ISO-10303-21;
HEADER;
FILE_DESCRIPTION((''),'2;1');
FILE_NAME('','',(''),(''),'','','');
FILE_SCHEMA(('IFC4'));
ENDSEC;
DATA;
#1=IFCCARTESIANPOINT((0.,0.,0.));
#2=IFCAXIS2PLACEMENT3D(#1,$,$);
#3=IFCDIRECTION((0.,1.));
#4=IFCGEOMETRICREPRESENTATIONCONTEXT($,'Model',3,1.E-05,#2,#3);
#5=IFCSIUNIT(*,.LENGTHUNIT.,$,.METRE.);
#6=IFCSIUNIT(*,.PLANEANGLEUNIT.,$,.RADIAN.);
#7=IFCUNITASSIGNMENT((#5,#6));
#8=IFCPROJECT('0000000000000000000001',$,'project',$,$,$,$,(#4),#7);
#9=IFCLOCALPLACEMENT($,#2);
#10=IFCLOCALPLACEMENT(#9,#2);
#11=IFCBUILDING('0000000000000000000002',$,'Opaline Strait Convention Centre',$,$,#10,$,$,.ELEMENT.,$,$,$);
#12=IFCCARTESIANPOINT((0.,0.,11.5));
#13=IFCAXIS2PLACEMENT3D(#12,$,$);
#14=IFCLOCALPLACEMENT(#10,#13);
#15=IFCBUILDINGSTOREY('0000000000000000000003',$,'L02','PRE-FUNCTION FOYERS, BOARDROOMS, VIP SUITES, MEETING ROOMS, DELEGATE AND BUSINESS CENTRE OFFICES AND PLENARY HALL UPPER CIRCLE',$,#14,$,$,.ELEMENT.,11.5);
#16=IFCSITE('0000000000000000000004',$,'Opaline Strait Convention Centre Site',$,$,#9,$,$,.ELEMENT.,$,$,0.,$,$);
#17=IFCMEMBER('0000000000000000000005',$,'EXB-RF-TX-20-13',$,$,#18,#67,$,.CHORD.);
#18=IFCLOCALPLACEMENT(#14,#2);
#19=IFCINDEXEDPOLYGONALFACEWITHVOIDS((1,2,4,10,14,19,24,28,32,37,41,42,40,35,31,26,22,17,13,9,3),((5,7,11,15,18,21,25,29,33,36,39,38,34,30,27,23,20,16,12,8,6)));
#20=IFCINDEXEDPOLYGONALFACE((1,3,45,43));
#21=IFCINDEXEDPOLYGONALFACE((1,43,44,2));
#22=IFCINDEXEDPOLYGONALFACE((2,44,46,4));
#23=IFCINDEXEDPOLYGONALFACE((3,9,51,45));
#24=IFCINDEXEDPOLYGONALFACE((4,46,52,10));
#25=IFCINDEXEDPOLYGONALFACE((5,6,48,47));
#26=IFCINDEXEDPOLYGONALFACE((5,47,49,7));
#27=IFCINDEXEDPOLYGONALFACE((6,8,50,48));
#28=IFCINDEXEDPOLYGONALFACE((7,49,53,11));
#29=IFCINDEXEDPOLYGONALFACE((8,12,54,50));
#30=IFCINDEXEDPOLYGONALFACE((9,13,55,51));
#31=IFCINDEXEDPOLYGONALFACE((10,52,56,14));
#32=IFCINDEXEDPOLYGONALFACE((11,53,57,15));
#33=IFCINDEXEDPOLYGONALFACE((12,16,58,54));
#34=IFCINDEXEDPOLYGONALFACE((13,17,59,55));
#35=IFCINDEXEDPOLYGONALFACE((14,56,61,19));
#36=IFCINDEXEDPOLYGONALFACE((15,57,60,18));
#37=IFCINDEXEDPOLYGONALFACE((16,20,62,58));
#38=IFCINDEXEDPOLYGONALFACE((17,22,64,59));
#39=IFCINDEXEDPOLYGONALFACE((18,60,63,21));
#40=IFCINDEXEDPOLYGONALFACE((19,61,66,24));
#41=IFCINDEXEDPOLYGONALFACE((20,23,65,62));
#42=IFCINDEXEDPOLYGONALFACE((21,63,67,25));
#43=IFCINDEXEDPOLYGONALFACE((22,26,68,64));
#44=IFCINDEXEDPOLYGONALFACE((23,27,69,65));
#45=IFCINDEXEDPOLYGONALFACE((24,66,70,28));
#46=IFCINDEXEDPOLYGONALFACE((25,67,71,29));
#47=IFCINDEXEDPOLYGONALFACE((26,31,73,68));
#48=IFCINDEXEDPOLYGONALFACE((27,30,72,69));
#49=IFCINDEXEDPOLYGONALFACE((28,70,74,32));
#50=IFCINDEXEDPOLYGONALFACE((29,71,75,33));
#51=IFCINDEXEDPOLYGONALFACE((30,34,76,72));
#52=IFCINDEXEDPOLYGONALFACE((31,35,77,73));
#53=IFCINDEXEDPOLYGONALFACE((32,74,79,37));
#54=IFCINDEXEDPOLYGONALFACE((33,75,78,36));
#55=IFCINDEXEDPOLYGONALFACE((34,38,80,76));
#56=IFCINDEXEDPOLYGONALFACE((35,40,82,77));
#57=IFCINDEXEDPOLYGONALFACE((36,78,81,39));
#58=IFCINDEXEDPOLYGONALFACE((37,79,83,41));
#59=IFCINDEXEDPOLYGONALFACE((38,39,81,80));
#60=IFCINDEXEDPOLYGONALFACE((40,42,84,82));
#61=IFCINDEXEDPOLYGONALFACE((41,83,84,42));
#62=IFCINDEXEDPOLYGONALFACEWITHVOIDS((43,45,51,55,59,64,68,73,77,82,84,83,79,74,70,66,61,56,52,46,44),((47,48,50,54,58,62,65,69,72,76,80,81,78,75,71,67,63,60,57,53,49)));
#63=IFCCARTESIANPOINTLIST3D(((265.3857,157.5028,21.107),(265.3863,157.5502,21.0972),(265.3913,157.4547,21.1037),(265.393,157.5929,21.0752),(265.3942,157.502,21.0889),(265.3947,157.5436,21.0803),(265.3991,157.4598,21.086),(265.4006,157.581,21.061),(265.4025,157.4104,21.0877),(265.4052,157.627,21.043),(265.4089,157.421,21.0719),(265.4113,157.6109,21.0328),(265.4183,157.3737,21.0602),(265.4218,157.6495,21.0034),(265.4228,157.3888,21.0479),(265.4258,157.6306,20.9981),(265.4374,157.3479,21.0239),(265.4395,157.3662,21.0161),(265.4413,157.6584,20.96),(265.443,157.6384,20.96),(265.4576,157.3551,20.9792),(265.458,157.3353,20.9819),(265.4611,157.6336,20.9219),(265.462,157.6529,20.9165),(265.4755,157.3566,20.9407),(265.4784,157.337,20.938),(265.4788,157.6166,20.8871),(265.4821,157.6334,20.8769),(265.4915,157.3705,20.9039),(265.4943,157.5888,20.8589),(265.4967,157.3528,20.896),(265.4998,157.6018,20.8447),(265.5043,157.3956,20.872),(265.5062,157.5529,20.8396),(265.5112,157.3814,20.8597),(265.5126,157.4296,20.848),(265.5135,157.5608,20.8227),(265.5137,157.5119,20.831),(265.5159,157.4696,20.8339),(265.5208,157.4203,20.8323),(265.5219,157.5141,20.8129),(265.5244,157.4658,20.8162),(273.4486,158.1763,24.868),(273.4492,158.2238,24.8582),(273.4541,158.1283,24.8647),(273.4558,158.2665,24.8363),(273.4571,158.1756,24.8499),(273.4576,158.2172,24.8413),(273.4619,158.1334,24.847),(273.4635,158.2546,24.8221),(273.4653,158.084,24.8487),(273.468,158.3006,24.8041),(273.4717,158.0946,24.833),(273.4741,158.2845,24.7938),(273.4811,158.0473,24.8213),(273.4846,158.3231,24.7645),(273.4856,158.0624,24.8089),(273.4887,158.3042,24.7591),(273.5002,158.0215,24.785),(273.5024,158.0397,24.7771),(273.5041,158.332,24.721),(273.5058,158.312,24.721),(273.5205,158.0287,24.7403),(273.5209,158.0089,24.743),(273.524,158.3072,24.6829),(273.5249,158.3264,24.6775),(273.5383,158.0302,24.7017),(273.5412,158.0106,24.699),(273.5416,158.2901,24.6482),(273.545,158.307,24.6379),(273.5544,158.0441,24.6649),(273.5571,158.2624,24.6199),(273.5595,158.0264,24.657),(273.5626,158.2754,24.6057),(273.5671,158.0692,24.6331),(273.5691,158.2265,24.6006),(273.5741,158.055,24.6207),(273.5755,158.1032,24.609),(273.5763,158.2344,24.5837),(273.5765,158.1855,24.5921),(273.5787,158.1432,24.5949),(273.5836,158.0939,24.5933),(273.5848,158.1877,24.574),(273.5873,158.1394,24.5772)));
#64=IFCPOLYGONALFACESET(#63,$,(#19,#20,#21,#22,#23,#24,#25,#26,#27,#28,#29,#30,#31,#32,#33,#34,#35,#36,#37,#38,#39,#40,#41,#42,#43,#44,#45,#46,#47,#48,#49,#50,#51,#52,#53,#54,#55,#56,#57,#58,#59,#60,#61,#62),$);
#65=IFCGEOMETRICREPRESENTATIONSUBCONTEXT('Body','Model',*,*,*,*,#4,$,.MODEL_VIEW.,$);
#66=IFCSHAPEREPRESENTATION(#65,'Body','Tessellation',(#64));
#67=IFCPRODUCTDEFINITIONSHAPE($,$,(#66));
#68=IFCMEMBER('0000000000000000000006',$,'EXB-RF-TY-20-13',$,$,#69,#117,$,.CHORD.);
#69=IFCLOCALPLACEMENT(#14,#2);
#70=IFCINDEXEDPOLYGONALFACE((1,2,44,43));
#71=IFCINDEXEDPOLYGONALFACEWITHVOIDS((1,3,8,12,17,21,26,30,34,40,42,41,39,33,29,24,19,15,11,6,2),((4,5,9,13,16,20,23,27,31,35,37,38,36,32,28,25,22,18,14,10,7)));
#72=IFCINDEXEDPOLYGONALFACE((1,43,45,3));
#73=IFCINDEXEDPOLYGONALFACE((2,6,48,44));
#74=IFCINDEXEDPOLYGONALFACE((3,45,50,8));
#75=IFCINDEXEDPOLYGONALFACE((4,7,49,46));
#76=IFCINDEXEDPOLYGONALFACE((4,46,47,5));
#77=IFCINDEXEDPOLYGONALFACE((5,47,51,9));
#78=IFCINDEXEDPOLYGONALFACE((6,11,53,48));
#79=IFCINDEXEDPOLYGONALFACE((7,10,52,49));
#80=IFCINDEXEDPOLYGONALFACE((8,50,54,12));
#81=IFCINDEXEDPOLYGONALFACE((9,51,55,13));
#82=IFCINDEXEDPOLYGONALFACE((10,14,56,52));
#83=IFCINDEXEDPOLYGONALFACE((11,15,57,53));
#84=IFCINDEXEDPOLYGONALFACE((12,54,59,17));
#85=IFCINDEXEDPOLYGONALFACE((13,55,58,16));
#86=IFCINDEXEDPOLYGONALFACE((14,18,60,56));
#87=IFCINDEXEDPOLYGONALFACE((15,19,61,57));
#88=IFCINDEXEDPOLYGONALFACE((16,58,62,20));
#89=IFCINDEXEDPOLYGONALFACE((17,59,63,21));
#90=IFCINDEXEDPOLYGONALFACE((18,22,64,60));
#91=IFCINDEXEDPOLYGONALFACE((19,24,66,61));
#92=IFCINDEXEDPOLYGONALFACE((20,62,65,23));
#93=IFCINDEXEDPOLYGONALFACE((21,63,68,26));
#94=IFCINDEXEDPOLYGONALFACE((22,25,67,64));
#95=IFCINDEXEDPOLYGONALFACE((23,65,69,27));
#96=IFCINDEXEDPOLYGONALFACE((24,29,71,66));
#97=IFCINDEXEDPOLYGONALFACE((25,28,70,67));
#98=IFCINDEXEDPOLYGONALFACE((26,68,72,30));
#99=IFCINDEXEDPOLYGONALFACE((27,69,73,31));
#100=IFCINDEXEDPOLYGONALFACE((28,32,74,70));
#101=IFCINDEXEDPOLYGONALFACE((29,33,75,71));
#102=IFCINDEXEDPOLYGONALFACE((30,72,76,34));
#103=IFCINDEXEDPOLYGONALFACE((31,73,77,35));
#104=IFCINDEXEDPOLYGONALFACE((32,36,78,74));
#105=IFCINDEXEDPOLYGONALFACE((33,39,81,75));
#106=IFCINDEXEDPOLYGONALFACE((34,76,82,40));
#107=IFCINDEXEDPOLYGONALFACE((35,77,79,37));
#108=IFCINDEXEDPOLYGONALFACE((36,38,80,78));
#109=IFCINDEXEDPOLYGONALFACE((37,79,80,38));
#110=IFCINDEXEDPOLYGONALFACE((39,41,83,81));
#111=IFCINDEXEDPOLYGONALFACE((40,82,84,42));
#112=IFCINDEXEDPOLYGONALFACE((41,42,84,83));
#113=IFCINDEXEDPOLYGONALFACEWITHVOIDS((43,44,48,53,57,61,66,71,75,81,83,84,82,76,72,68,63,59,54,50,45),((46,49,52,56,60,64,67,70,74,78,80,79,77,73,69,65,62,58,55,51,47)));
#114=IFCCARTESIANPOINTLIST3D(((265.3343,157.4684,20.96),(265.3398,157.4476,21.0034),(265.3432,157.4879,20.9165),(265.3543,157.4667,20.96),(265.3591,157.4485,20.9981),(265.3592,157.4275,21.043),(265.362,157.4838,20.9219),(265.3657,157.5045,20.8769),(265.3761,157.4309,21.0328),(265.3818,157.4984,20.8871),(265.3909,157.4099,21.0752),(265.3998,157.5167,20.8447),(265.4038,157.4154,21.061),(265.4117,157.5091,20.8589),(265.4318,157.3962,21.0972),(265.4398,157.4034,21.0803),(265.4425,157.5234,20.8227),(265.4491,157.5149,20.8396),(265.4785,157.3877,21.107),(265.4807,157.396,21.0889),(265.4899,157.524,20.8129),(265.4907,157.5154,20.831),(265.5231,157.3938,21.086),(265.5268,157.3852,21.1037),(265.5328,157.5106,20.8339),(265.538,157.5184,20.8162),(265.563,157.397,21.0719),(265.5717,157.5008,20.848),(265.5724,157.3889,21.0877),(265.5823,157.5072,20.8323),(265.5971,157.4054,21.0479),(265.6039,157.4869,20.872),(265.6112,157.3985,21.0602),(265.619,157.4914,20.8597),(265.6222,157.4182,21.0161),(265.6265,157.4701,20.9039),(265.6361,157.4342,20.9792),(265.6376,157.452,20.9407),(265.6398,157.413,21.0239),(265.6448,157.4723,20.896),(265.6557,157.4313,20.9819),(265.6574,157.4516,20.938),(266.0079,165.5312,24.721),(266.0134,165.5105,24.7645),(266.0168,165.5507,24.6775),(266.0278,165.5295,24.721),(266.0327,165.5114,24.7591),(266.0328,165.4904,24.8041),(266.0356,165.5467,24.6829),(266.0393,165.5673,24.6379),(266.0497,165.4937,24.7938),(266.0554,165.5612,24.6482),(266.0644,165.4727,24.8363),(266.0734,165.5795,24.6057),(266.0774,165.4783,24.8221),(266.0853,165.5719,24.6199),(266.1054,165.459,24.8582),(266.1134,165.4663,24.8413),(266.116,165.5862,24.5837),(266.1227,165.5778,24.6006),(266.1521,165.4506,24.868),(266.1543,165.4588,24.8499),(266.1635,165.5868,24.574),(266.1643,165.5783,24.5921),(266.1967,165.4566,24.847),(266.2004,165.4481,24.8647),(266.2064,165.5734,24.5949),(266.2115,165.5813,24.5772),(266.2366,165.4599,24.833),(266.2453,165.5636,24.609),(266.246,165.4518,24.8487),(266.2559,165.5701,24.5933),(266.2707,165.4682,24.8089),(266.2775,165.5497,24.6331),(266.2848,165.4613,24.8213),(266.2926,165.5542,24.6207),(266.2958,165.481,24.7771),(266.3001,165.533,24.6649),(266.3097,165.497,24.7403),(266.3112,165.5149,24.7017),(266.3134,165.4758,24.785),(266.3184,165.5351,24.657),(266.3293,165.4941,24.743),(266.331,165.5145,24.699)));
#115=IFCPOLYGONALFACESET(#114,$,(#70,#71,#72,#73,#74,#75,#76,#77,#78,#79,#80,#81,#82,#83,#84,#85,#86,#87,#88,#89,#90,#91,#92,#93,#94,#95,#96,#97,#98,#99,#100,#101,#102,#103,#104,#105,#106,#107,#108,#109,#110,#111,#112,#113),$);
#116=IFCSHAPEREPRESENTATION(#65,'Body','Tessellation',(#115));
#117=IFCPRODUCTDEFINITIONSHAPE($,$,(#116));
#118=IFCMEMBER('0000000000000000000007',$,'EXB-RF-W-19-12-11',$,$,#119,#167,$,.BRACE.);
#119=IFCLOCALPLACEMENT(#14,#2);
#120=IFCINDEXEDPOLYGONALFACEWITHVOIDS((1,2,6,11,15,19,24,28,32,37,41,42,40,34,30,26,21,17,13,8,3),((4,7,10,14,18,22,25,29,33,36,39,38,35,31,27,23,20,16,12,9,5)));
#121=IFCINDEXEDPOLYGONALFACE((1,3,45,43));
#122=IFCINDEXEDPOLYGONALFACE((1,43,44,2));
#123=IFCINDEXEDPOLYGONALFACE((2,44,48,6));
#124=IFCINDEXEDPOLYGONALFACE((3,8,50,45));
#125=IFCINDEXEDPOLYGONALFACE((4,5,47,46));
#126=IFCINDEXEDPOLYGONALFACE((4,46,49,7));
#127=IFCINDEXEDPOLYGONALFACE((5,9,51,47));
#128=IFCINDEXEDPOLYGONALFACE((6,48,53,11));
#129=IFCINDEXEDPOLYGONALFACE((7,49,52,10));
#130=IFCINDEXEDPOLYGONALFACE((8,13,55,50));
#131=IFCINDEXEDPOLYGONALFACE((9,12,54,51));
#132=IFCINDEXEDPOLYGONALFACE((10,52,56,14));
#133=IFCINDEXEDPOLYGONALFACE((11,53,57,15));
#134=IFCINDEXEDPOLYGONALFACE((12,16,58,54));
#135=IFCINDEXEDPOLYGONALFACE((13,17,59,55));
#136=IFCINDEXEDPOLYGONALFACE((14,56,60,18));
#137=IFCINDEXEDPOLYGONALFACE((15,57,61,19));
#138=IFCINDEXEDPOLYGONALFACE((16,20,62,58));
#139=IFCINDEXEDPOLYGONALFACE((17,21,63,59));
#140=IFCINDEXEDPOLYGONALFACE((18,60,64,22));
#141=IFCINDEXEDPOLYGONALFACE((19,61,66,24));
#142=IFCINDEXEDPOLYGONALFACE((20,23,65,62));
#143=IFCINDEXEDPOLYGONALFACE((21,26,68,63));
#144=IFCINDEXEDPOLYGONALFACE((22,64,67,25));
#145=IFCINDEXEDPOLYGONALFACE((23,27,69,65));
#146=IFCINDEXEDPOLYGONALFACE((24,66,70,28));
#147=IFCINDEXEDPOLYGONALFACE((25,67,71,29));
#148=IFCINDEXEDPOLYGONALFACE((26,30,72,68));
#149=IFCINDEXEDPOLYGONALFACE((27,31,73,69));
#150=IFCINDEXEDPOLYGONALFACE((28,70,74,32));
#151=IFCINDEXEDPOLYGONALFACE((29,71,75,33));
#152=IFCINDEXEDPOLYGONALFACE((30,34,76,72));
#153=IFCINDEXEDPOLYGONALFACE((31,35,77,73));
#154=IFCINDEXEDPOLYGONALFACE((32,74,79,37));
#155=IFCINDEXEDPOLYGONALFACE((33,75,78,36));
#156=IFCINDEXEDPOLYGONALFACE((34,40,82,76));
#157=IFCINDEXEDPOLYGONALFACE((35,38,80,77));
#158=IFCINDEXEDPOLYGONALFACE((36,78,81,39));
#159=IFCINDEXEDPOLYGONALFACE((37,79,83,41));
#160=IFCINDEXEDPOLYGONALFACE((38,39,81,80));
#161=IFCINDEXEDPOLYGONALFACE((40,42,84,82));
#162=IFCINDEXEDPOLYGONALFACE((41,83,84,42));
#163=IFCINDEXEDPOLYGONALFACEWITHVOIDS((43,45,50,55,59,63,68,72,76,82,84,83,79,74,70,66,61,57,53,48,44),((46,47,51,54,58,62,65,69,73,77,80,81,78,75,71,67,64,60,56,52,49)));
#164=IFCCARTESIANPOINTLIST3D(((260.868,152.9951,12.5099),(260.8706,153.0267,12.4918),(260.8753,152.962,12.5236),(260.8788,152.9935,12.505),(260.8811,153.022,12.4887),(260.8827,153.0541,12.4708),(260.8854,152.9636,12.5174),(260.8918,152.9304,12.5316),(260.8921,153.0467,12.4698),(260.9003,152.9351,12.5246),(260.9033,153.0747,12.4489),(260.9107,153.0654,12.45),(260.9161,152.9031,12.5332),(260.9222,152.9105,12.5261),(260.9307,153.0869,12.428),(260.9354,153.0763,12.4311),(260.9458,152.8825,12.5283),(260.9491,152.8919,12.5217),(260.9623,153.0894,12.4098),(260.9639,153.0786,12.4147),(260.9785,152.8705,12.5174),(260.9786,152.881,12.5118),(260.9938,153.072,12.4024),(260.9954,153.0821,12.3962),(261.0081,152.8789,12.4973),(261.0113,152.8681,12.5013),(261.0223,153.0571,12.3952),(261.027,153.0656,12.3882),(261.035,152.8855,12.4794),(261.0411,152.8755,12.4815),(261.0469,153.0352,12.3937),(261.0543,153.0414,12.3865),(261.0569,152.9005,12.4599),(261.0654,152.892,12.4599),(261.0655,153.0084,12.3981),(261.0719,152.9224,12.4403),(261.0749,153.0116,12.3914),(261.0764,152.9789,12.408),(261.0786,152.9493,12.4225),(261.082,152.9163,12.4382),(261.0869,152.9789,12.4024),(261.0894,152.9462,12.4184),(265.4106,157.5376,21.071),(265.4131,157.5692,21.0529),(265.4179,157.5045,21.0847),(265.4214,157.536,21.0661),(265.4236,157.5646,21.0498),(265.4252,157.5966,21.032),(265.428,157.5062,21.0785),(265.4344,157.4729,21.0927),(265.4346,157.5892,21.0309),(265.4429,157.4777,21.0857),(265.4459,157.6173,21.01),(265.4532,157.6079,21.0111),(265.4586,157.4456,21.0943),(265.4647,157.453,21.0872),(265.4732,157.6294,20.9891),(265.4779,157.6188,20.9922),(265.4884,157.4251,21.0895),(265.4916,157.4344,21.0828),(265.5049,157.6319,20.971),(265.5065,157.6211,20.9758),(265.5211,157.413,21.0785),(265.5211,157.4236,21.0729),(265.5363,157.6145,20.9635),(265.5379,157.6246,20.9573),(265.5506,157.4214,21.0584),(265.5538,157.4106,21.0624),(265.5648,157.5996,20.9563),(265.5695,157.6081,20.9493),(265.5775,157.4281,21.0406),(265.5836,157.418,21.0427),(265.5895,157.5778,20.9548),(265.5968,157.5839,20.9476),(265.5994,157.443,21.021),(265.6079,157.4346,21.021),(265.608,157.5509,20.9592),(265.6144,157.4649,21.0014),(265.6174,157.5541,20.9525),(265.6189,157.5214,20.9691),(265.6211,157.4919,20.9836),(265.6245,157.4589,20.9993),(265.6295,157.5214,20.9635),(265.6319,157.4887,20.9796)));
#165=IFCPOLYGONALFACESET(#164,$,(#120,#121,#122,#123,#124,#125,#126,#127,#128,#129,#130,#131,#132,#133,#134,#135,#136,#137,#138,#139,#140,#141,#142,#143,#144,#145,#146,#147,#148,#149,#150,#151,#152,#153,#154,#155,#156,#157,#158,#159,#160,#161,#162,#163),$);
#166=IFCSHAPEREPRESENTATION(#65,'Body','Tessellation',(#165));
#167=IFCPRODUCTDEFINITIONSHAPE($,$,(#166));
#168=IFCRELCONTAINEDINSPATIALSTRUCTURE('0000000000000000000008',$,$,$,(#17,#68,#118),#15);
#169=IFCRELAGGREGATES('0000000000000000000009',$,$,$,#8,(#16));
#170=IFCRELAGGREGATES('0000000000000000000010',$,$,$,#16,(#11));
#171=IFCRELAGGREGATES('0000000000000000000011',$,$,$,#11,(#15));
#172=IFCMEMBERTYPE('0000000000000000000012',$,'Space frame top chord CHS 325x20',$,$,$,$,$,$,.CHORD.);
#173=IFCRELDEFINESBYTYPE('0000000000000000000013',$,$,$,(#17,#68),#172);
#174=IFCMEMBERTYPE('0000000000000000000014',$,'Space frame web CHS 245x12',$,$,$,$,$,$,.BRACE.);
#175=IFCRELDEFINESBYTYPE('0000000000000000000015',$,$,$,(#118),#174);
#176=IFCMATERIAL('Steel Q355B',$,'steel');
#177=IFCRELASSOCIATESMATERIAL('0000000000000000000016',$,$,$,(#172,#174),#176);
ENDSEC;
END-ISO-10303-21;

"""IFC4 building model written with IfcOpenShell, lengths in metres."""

from ifc_helpers import new_model, si_unit, direction, frame, origin, origin_2d, place, context, subcontext, project, spatial, hollow_circle, extrude, material, material_profile, profile_set, type_object, element, save


model = new_model("IFC4")

# Units and contexts
model_context = context("Model", 3, precision=1e-05, world=origin(), true_north=direction((0.0, 1.0)))
body_context = subcontext(model_context, "Body", "Model", "MODEL_VIEW")
ifc_project = project(units=[si_unit("LENGTHUNIT", "METRE"), si_unit("PLANEANGLEUNIT", "RADIAN")], contexts=[model_context])

# Site, building, storey
site_placement = place(None, origin())
site = spatial("IfcSite", under=ifc_project, at=site_placement, Name="Opaline Strait Convention Centre Site", CompositionType="ELEMENT", RefElevation=0.0)
building_placement = place(site_placement, origin())
building = spatial("IfcBuilding", under=site, at=building_placement, Name="Opaline Strait Convention Centre", CompositionType="ELEMENT")
storey_placement = place(building_placement, frame((0.0, 0.0, 11.5)))
storey = spatial("IfcBuildingStorey", under=building, at=storey_placement, Name="L02", Description="PRE-FUNCTION FOYERS, BOARDROOMS, VIP SUITES, MEETING ROOMS, DELEGATE AND BUSINESS CENTRE OFFICES AND PLENARY HALL UPPER CIRCLE", CompositionType="ELEMENT", Elevation=11.5)

# Members
ifc_material_1 = material(Name="Steel Q355B", Category="steel")
ifc_material_profile_1 = material_profile(ifc_material_1, hollow_circle(Radius=0.1626, WallThickness=0.02, at=origin_2d()), Name="CHS 325x20")
ifc_profile_set_1 = profile_set([ifc_material_profile_1], Name="Steel Q355B")
member_type_1 = type_object("IfcMemberType", Name="Space frame top chord CHS 325x20", PredefinedType="CHORD", material=ifc_profile_set_1)
for number, where, z_axis, x_axis, name in (
    (1, (265.4548, 157.4963, 20.96), (0.903667, 0.075495, 0.421529), (-0.083253, 0.996528, 0.0), "EXB-RF-TX-20-13"),
    (2, (265.4963, 157.4548, 20.96), (0.075495, 0.903667, 0.421529), (-0.996528, 0.083253, 0.0), "EXB-RF-TY-20-13"),
):
    element("IfcMember", number, at=place(storey_placement, frame(where, z_axis=z_axis, x_axis=x_axis)), inside=storey, type_object=member_type_1, Name=name, PredefinedType="CHORD", context=body_context, shape_type="SweptSolid", body=[
        extrude(hollow_circle(Radius=0.1626, WallThickness=0.02, at=origin_2d()), origin(), (0.0, 0.0, 1.0), 8.9224),
    ])
ifc_material_profile_2 = material_profile(ifc_material_1, hollow_circle(Radius=0.1226, WallThickness=0.012, at=origin_2d()), Name="CHS 245x12")
ifc_profile_set_2 = profile_set([ifc_material_profile_2], Name="Steel Q355B")
member_type_2 = type_object("IfcMemberType", Name="Space frame web CHS 245x12", PredefinedType="BRACE", material=ifc_profile_set_2)
member_1_placement = place(storey_placement, frame((265.5212, 157.5212, 21.021), z_axis=(-0.424402, -0.424402, -0.799854), x_axis=(0.707107, -0.707107, 0.0)))
element("IfcMember", 3, at=member_1_placement, inside=storey, type_object=member_type_2, Name="EXB-RF-W-19-12-11", PredefinedType="BRACE", context=body_context, shape_type="SweptSolid", body=[
    extrude(hollow_circle(Radius=0.1226, WallThickness=0.012, at=origin_2d()), origin(), (0.0, 0.0, 1.0), 10.7034),
])

save(model, "model.ifc")
